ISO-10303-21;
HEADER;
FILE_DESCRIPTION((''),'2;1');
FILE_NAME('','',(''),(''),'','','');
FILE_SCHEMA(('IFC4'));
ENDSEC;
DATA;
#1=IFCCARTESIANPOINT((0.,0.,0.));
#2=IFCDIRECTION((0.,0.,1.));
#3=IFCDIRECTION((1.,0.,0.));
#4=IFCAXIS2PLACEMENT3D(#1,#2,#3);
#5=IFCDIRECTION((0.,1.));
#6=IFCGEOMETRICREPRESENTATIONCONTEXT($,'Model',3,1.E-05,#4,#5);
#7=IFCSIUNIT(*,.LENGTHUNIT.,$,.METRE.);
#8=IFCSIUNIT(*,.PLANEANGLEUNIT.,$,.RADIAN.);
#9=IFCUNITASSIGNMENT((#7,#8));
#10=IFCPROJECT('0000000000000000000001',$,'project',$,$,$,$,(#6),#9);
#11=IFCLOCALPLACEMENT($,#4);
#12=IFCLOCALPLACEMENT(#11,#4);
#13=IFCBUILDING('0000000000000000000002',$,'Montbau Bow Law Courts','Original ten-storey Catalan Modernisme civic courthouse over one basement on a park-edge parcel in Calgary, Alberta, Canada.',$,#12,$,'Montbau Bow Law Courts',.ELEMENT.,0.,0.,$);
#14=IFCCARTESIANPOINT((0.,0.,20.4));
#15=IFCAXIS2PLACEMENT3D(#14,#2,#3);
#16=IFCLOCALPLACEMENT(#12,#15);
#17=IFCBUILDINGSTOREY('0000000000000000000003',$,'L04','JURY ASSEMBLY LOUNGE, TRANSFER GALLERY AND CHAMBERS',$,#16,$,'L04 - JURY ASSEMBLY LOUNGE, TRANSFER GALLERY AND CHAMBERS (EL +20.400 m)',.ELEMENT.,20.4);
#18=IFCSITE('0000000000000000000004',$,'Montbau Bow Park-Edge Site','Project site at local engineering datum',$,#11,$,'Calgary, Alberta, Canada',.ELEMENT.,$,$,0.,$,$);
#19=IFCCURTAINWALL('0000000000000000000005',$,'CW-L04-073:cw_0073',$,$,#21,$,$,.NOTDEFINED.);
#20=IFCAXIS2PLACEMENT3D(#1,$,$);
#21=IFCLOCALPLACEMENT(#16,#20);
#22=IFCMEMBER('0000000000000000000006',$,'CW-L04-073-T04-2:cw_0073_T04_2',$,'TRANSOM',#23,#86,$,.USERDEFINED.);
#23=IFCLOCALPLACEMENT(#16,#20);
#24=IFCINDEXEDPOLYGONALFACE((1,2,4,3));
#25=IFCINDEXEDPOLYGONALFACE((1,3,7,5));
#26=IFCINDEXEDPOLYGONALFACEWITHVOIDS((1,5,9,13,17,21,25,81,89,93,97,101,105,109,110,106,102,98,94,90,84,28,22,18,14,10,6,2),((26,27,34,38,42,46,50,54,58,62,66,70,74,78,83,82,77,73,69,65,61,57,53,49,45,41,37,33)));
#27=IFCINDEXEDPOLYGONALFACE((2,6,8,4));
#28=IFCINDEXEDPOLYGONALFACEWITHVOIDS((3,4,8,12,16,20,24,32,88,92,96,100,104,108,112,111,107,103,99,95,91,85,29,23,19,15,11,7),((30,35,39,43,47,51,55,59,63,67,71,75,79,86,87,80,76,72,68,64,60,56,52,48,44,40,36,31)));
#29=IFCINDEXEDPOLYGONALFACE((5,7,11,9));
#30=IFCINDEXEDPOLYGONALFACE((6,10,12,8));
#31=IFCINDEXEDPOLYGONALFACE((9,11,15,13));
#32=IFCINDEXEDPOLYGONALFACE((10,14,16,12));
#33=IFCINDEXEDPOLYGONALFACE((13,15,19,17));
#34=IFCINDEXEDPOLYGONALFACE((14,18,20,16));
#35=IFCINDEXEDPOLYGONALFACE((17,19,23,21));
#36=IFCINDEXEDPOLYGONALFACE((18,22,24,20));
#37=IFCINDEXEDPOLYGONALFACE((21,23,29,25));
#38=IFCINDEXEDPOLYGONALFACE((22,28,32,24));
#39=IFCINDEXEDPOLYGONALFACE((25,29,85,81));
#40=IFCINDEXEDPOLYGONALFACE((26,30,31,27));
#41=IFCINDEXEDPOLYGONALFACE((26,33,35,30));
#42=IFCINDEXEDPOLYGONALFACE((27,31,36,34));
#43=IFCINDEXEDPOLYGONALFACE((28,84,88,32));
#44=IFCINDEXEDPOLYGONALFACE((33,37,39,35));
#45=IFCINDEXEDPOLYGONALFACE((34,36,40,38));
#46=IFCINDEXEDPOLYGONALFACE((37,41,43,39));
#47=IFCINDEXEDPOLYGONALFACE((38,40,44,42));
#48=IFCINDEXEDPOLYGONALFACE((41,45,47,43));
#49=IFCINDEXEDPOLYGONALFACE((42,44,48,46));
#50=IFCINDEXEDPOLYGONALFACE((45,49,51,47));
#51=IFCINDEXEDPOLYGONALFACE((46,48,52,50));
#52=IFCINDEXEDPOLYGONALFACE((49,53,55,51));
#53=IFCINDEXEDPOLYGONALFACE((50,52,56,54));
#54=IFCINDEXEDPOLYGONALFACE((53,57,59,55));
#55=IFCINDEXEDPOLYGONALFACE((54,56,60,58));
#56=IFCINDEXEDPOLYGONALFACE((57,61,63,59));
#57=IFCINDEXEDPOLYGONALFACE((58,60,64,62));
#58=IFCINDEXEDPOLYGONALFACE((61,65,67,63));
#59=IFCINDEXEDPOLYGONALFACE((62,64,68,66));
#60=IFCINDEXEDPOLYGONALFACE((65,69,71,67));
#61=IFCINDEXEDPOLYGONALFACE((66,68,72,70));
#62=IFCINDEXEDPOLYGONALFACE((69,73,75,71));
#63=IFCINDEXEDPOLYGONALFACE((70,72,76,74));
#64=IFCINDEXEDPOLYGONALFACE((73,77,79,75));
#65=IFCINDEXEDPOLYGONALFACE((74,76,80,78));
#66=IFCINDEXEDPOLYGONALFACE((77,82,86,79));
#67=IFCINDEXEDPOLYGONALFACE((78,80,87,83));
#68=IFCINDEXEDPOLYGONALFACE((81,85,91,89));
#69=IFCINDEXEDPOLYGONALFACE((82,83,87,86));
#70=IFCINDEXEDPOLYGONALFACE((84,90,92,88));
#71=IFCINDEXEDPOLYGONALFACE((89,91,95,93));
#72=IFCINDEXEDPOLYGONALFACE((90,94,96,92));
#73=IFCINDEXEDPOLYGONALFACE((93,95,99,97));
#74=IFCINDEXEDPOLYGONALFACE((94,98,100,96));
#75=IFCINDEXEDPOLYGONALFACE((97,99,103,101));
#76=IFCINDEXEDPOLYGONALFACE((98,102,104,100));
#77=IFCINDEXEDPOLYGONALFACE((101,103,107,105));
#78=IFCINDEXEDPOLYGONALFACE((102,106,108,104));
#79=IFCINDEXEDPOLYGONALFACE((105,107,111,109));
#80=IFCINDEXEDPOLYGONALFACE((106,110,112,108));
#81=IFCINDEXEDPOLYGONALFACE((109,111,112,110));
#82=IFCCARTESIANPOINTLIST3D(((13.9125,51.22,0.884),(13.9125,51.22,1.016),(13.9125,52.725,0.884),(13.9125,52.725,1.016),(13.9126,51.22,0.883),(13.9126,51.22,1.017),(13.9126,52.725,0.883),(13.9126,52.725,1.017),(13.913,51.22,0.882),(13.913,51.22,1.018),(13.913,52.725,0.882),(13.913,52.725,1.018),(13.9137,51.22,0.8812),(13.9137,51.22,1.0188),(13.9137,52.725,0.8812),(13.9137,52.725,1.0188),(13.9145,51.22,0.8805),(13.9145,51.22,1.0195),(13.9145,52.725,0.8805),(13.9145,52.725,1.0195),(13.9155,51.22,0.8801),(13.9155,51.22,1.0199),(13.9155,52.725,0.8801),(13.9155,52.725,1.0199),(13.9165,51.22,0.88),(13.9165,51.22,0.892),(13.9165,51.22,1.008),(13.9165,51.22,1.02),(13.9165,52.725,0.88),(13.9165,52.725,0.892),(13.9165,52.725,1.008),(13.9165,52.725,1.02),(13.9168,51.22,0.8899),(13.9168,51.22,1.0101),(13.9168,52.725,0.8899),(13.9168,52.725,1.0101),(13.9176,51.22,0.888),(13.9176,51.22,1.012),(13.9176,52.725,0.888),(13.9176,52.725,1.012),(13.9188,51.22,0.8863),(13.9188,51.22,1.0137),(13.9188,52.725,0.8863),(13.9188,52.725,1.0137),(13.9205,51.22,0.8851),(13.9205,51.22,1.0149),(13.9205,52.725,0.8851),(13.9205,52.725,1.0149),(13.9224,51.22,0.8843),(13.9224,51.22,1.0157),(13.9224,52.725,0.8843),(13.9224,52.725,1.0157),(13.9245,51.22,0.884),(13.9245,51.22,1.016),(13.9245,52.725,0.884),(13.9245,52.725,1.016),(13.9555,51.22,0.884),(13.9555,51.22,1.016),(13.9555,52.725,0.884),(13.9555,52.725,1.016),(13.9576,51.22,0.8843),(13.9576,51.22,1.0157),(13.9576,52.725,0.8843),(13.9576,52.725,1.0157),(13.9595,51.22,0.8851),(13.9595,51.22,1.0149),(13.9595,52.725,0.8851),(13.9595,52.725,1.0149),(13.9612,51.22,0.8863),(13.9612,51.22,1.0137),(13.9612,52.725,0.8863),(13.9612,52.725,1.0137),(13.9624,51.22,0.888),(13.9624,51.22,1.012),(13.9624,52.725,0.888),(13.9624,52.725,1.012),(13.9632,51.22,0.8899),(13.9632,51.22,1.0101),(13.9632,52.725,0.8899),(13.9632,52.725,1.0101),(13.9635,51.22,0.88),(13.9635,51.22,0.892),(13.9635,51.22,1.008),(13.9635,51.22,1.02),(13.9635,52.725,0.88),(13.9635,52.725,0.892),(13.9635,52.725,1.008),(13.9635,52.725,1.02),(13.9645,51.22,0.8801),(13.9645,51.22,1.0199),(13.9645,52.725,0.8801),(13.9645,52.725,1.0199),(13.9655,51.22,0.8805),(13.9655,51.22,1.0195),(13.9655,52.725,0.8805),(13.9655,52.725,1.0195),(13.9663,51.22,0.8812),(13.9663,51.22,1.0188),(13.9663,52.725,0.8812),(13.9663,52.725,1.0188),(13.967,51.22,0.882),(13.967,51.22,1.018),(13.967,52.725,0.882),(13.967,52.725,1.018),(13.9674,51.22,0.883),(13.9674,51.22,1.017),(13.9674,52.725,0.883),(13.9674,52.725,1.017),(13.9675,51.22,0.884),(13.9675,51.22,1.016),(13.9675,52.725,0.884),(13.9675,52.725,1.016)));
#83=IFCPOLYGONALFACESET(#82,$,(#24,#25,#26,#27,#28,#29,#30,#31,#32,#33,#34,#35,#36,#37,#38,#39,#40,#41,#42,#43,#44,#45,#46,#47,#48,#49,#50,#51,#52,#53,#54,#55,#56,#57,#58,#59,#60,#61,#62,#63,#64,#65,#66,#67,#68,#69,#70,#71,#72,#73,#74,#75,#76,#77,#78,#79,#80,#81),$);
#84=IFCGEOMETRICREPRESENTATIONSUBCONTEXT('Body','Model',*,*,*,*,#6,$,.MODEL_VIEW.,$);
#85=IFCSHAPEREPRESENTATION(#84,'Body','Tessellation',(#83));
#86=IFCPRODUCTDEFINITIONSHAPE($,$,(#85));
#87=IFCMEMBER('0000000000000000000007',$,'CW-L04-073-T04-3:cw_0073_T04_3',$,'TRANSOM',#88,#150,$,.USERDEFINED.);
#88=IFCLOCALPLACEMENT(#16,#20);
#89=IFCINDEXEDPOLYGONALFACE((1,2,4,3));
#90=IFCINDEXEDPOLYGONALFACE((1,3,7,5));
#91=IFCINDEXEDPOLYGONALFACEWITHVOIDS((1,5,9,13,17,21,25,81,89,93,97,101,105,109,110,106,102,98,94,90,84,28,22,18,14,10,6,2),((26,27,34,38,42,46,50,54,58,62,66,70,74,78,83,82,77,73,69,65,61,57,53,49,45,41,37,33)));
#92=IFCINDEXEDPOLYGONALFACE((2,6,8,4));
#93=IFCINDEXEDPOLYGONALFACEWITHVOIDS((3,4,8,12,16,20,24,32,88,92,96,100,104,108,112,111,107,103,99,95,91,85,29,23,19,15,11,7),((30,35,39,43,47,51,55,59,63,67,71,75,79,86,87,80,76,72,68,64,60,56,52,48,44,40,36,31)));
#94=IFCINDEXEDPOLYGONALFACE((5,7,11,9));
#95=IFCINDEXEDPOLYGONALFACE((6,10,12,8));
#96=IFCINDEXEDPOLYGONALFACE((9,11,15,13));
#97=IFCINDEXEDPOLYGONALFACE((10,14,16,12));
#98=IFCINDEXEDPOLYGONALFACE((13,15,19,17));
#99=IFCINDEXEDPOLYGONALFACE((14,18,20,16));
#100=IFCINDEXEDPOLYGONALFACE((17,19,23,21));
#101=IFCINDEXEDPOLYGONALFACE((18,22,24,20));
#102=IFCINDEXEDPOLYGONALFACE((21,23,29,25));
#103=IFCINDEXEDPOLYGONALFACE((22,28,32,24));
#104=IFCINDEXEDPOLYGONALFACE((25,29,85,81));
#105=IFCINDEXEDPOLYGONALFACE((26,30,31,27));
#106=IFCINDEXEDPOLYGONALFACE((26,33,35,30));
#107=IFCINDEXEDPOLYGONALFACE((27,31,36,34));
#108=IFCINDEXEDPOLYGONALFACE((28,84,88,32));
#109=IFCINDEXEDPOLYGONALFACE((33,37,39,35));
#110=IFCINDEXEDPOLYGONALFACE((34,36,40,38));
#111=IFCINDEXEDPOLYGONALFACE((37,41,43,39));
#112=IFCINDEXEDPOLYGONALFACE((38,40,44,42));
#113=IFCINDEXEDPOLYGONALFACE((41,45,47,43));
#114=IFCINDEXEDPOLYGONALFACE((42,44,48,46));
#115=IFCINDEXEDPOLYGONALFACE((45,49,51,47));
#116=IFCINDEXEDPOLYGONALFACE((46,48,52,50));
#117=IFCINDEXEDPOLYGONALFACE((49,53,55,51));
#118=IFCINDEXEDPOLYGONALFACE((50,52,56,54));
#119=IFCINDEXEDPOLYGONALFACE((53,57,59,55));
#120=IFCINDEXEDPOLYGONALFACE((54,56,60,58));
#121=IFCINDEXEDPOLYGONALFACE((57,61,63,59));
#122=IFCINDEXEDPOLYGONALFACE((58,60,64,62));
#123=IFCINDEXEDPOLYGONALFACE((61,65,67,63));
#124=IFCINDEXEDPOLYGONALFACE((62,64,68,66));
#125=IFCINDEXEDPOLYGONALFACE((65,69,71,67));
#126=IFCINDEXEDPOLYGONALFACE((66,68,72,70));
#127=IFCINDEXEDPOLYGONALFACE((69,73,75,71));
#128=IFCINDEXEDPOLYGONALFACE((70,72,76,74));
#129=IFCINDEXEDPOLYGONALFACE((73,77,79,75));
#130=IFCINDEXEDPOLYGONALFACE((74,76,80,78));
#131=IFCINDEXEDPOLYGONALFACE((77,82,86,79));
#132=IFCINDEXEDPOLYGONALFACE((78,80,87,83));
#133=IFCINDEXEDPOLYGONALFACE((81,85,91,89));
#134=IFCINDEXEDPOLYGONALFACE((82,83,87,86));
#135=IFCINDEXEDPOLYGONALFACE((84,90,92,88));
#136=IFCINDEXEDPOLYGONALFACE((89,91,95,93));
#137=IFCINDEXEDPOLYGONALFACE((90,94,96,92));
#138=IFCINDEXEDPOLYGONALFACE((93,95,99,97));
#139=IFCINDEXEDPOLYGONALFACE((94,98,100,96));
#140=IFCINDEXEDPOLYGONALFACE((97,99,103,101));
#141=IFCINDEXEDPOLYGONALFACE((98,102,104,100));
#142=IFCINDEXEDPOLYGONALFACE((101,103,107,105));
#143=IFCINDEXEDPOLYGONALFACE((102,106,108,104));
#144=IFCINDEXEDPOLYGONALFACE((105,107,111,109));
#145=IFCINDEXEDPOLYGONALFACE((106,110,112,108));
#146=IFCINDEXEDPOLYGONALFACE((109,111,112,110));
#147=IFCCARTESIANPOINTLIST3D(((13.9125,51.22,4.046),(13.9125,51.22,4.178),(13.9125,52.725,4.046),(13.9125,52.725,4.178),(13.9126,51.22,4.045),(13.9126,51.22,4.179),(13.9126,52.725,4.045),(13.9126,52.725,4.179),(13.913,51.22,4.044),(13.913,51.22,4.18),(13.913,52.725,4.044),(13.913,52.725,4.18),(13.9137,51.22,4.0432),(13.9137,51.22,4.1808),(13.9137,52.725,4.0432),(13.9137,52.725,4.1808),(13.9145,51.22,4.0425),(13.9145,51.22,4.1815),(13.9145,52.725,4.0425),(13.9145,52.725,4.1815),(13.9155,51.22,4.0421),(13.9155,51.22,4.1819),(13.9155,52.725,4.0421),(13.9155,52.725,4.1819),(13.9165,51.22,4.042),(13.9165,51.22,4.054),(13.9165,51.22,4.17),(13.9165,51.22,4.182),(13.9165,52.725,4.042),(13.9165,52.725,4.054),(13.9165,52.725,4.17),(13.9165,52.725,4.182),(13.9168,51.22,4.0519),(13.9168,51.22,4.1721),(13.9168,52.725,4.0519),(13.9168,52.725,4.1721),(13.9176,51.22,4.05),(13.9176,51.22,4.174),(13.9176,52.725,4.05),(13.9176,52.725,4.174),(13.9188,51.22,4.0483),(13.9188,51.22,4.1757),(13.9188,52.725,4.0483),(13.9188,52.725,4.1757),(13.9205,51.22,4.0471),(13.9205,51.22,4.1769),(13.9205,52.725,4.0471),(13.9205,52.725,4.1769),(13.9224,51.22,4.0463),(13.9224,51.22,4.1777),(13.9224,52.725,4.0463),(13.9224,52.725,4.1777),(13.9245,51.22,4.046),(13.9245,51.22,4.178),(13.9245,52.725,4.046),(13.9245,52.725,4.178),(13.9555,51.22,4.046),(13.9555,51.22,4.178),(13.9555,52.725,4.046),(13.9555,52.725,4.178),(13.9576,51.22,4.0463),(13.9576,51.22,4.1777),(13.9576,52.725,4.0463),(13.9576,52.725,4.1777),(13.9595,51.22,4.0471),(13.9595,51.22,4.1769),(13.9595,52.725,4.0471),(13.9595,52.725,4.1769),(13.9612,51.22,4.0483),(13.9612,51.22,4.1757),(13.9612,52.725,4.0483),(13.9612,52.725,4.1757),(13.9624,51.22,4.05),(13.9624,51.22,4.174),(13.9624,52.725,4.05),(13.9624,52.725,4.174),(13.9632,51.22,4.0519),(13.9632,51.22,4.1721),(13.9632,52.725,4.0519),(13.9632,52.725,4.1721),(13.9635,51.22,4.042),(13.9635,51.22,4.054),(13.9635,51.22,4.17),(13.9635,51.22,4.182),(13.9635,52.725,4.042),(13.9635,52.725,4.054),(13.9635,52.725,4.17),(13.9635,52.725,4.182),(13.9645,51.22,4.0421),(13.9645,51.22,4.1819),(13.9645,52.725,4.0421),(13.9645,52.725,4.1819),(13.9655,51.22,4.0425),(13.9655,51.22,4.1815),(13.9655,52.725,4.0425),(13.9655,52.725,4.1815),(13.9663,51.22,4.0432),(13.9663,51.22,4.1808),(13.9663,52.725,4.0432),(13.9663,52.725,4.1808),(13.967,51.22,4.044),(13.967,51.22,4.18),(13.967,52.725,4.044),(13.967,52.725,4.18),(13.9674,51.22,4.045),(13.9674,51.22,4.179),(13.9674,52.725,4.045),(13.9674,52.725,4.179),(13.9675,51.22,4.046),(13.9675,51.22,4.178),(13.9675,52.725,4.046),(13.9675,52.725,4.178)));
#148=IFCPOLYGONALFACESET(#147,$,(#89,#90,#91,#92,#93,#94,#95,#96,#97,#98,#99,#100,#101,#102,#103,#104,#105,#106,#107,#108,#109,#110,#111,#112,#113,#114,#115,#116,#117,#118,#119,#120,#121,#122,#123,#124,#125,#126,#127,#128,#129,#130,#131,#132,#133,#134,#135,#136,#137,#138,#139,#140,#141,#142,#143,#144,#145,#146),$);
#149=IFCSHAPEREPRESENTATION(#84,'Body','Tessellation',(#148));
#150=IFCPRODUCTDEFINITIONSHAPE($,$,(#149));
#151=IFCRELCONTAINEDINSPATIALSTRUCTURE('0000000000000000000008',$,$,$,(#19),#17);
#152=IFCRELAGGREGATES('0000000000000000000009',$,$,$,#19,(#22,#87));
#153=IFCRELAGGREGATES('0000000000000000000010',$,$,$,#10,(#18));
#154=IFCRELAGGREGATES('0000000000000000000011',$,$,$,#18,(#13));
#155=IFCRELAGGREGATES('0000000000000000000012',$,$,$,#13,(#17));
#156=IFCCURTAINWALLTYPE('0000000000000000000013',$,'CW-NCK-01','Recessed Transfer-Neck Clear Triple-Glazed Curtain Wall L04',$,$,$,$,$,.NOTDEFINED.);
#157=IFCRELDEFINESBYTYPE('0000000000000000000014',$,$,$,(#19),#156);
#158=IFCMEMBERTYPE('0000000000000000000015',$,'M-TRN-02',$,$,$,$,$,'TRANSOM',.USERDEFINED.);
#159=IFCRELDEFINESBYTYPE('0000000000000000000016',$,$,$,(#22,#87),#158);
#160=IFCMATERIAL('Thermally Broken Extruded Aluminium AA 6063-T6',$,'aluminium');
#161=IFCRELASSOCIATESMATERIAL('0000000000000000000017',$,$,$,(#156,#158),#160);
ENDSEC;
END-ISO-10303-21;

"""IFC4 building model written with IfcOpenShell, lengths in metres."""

from ifc_helpers import new_model, si_unit, direction, frame, origin_with_axes, origin_2d_with_axis, place, context, subcontext, project, spatial, hollow_rectangle, extrude, material, material_profile, profile_set, type_object, element, aggregate, save


model = new_model("IFC4")

# Units and contexts
model_context = context("Model", 3, precision=1e-05, world=origin_with_axes(), true_north=direction((0.0, 1.0)))
body_context = subcontext(model_context, "Body", "Model", "MODEL_VIEW")
ifc_project = project(units=[si_unit("LENGTHUNIT", "METRE"), si_unit("PLANEANGLEUNIT", "RADIAN")], contexts=[model_context])

# Site, building, storey
site_placement = place(None, origin_with_axes())
site = spatial("IfcSite", under=ifc_project, at=site_placement, Name="Montbau Bow Park-Edge Site", Description="Project site at local engineering datum", LongName="Calgary, Alberta, Canada", CompositionType="ELEMENT", RefElevation=0.0)
building_placement = place(site_placement, origin_with_axes())
building = spatial("IfcBuilding", under=site, at=building_placement, Name="Montbau Bow Law Courts", Description="Original ten-storey Catalan Modernisme civic courthouse over one basement on a park-edge parcel in Calgary, Alberta, Canada.", LongName="Montbau Bow Law Courts", CompositionType="ELEMENT", ElevationOfRefHeight=0.0, ElevationOfTerrain=0.0)
storey_placement = place(building_placement, frame((0.0, 0.0, 20.4), z_axis=(0.0, 0.0, 1.0), x_axis=(1.0, 0.0, 0.0)))
storey = spatial("IfcBuildingStorey", under=building, at=storey_placement, Name="L04", Description="JURY ASSEMBLY LOUNGE, TRANSFER GALLERY AND CHAMBERS", LongName="L04 - JURY ASSEMBLY LOUNGE, TRANSFER GALLERY AND CHAMBERS (EL +20.400 m)", CompositionType="ELEMENT", Elevation=20.4)

# Curtain wall
ifc_material_1 = material(Name="Thermally Broken Extruded Aluminium AA 6063-T6", Category="aluminium")
curtain_wall_type = type_object("IfcCurtainWallType", Name="CW-NCK-01", Description="Recessed Transfer-Neck Clear Triple-Glazed Curtain Wall L04", PredefinedType="NOTDEFINED", material=ifc_material_1)
curtain_wall_1_placement = place(None, frame((13.94, 46.468, 20.4), z_axis=(0.0, 0.0, 1.0), x_axis=(1.0, 0.0, 0.0)))
curtain_wall_1 = element("IfcCurtainWall", 1, at=curtain_wall_1_placement, inside=storey, type_object=curtain_wall_type, Name="CW-L04-073:cw_0073", PredefinedType="NOTDEFINED")

# Members
ifc_material_profile_1 = material_profile(ifc_material_1, hollow_rectangle(XDim=0.055, YDim=0.14, WallThickness=0.004, InnerFilletRadius=0.008, OuterFilletRadius=0.004, at=origin_2d_with_axis()), Name="CWT-140X55", Category="Main", Priority=0)
ifc_profile_set_1 = profile_set([ifc_material_profile_1], Name="Thermally Broken Extruded Aluminium AA 6063-T6")
member_type_1 = type_object("IfcMemberType", Name="M-TRN-02", ElementType="TRANSOM", PredefinedType="USERDEFINED", material=ifc_profile_set_1)
member_1_placement = place(None, frame((13.94, 51.22, 21.35), z_axis=(0.0, 1.0, 0.0), x_axis=(-1.0, 0.0, 0.0)))
member_1 = element("IfcMember", 2, at=member_1_placement, type_object=member_type_1, Name="CW-L04-073-T04-2:cw_0073_T04_2", ObjectType="TRANSOM", PredefinedType="USERDEFINED", context=body_context, shape_type="SweptSolid", body=[
    extrude(hollow_rectangle(XDim=0.055, YDim=0.14, WallThickness=0.004, InnerFilletRadius=0.008, OuterFilletRadius=0.004, at=origin_2d_with_axis()), origin_with_axes(), (0.0, 0.0, 1.0), 1.505),
])
member_2_placement = place(None, frame((13.94, 51.22, 24.512), z_axis=(0.0, 1.0, 0.0), x_axis=(-1.0, 0.0, 0.0)))
member_2 = element("IfcMember", 3, at=member_2_placement, type_object=member_type_1, Name="CW-L04-073-T04-3:cw_0073_T04_3", ObjectType="TRANSOM", PredefinedType="USERDEFINED", context=body_context, shape_type="SweptSolid", body=[
    extrude(hollow_rectangle(XDim=0.055, YDim=0.14, WallThickness=0.004, InnerFilletRadius=0.008, OuterFilletRadius=0.004, at=origin_2d_with_axis()), origin_with_axes(), (0.0, 0.0, 1.0), 1.505),
])

aggregate(curtain_wall_1, [member_1, member_2])

save(model, "model.ifc")
